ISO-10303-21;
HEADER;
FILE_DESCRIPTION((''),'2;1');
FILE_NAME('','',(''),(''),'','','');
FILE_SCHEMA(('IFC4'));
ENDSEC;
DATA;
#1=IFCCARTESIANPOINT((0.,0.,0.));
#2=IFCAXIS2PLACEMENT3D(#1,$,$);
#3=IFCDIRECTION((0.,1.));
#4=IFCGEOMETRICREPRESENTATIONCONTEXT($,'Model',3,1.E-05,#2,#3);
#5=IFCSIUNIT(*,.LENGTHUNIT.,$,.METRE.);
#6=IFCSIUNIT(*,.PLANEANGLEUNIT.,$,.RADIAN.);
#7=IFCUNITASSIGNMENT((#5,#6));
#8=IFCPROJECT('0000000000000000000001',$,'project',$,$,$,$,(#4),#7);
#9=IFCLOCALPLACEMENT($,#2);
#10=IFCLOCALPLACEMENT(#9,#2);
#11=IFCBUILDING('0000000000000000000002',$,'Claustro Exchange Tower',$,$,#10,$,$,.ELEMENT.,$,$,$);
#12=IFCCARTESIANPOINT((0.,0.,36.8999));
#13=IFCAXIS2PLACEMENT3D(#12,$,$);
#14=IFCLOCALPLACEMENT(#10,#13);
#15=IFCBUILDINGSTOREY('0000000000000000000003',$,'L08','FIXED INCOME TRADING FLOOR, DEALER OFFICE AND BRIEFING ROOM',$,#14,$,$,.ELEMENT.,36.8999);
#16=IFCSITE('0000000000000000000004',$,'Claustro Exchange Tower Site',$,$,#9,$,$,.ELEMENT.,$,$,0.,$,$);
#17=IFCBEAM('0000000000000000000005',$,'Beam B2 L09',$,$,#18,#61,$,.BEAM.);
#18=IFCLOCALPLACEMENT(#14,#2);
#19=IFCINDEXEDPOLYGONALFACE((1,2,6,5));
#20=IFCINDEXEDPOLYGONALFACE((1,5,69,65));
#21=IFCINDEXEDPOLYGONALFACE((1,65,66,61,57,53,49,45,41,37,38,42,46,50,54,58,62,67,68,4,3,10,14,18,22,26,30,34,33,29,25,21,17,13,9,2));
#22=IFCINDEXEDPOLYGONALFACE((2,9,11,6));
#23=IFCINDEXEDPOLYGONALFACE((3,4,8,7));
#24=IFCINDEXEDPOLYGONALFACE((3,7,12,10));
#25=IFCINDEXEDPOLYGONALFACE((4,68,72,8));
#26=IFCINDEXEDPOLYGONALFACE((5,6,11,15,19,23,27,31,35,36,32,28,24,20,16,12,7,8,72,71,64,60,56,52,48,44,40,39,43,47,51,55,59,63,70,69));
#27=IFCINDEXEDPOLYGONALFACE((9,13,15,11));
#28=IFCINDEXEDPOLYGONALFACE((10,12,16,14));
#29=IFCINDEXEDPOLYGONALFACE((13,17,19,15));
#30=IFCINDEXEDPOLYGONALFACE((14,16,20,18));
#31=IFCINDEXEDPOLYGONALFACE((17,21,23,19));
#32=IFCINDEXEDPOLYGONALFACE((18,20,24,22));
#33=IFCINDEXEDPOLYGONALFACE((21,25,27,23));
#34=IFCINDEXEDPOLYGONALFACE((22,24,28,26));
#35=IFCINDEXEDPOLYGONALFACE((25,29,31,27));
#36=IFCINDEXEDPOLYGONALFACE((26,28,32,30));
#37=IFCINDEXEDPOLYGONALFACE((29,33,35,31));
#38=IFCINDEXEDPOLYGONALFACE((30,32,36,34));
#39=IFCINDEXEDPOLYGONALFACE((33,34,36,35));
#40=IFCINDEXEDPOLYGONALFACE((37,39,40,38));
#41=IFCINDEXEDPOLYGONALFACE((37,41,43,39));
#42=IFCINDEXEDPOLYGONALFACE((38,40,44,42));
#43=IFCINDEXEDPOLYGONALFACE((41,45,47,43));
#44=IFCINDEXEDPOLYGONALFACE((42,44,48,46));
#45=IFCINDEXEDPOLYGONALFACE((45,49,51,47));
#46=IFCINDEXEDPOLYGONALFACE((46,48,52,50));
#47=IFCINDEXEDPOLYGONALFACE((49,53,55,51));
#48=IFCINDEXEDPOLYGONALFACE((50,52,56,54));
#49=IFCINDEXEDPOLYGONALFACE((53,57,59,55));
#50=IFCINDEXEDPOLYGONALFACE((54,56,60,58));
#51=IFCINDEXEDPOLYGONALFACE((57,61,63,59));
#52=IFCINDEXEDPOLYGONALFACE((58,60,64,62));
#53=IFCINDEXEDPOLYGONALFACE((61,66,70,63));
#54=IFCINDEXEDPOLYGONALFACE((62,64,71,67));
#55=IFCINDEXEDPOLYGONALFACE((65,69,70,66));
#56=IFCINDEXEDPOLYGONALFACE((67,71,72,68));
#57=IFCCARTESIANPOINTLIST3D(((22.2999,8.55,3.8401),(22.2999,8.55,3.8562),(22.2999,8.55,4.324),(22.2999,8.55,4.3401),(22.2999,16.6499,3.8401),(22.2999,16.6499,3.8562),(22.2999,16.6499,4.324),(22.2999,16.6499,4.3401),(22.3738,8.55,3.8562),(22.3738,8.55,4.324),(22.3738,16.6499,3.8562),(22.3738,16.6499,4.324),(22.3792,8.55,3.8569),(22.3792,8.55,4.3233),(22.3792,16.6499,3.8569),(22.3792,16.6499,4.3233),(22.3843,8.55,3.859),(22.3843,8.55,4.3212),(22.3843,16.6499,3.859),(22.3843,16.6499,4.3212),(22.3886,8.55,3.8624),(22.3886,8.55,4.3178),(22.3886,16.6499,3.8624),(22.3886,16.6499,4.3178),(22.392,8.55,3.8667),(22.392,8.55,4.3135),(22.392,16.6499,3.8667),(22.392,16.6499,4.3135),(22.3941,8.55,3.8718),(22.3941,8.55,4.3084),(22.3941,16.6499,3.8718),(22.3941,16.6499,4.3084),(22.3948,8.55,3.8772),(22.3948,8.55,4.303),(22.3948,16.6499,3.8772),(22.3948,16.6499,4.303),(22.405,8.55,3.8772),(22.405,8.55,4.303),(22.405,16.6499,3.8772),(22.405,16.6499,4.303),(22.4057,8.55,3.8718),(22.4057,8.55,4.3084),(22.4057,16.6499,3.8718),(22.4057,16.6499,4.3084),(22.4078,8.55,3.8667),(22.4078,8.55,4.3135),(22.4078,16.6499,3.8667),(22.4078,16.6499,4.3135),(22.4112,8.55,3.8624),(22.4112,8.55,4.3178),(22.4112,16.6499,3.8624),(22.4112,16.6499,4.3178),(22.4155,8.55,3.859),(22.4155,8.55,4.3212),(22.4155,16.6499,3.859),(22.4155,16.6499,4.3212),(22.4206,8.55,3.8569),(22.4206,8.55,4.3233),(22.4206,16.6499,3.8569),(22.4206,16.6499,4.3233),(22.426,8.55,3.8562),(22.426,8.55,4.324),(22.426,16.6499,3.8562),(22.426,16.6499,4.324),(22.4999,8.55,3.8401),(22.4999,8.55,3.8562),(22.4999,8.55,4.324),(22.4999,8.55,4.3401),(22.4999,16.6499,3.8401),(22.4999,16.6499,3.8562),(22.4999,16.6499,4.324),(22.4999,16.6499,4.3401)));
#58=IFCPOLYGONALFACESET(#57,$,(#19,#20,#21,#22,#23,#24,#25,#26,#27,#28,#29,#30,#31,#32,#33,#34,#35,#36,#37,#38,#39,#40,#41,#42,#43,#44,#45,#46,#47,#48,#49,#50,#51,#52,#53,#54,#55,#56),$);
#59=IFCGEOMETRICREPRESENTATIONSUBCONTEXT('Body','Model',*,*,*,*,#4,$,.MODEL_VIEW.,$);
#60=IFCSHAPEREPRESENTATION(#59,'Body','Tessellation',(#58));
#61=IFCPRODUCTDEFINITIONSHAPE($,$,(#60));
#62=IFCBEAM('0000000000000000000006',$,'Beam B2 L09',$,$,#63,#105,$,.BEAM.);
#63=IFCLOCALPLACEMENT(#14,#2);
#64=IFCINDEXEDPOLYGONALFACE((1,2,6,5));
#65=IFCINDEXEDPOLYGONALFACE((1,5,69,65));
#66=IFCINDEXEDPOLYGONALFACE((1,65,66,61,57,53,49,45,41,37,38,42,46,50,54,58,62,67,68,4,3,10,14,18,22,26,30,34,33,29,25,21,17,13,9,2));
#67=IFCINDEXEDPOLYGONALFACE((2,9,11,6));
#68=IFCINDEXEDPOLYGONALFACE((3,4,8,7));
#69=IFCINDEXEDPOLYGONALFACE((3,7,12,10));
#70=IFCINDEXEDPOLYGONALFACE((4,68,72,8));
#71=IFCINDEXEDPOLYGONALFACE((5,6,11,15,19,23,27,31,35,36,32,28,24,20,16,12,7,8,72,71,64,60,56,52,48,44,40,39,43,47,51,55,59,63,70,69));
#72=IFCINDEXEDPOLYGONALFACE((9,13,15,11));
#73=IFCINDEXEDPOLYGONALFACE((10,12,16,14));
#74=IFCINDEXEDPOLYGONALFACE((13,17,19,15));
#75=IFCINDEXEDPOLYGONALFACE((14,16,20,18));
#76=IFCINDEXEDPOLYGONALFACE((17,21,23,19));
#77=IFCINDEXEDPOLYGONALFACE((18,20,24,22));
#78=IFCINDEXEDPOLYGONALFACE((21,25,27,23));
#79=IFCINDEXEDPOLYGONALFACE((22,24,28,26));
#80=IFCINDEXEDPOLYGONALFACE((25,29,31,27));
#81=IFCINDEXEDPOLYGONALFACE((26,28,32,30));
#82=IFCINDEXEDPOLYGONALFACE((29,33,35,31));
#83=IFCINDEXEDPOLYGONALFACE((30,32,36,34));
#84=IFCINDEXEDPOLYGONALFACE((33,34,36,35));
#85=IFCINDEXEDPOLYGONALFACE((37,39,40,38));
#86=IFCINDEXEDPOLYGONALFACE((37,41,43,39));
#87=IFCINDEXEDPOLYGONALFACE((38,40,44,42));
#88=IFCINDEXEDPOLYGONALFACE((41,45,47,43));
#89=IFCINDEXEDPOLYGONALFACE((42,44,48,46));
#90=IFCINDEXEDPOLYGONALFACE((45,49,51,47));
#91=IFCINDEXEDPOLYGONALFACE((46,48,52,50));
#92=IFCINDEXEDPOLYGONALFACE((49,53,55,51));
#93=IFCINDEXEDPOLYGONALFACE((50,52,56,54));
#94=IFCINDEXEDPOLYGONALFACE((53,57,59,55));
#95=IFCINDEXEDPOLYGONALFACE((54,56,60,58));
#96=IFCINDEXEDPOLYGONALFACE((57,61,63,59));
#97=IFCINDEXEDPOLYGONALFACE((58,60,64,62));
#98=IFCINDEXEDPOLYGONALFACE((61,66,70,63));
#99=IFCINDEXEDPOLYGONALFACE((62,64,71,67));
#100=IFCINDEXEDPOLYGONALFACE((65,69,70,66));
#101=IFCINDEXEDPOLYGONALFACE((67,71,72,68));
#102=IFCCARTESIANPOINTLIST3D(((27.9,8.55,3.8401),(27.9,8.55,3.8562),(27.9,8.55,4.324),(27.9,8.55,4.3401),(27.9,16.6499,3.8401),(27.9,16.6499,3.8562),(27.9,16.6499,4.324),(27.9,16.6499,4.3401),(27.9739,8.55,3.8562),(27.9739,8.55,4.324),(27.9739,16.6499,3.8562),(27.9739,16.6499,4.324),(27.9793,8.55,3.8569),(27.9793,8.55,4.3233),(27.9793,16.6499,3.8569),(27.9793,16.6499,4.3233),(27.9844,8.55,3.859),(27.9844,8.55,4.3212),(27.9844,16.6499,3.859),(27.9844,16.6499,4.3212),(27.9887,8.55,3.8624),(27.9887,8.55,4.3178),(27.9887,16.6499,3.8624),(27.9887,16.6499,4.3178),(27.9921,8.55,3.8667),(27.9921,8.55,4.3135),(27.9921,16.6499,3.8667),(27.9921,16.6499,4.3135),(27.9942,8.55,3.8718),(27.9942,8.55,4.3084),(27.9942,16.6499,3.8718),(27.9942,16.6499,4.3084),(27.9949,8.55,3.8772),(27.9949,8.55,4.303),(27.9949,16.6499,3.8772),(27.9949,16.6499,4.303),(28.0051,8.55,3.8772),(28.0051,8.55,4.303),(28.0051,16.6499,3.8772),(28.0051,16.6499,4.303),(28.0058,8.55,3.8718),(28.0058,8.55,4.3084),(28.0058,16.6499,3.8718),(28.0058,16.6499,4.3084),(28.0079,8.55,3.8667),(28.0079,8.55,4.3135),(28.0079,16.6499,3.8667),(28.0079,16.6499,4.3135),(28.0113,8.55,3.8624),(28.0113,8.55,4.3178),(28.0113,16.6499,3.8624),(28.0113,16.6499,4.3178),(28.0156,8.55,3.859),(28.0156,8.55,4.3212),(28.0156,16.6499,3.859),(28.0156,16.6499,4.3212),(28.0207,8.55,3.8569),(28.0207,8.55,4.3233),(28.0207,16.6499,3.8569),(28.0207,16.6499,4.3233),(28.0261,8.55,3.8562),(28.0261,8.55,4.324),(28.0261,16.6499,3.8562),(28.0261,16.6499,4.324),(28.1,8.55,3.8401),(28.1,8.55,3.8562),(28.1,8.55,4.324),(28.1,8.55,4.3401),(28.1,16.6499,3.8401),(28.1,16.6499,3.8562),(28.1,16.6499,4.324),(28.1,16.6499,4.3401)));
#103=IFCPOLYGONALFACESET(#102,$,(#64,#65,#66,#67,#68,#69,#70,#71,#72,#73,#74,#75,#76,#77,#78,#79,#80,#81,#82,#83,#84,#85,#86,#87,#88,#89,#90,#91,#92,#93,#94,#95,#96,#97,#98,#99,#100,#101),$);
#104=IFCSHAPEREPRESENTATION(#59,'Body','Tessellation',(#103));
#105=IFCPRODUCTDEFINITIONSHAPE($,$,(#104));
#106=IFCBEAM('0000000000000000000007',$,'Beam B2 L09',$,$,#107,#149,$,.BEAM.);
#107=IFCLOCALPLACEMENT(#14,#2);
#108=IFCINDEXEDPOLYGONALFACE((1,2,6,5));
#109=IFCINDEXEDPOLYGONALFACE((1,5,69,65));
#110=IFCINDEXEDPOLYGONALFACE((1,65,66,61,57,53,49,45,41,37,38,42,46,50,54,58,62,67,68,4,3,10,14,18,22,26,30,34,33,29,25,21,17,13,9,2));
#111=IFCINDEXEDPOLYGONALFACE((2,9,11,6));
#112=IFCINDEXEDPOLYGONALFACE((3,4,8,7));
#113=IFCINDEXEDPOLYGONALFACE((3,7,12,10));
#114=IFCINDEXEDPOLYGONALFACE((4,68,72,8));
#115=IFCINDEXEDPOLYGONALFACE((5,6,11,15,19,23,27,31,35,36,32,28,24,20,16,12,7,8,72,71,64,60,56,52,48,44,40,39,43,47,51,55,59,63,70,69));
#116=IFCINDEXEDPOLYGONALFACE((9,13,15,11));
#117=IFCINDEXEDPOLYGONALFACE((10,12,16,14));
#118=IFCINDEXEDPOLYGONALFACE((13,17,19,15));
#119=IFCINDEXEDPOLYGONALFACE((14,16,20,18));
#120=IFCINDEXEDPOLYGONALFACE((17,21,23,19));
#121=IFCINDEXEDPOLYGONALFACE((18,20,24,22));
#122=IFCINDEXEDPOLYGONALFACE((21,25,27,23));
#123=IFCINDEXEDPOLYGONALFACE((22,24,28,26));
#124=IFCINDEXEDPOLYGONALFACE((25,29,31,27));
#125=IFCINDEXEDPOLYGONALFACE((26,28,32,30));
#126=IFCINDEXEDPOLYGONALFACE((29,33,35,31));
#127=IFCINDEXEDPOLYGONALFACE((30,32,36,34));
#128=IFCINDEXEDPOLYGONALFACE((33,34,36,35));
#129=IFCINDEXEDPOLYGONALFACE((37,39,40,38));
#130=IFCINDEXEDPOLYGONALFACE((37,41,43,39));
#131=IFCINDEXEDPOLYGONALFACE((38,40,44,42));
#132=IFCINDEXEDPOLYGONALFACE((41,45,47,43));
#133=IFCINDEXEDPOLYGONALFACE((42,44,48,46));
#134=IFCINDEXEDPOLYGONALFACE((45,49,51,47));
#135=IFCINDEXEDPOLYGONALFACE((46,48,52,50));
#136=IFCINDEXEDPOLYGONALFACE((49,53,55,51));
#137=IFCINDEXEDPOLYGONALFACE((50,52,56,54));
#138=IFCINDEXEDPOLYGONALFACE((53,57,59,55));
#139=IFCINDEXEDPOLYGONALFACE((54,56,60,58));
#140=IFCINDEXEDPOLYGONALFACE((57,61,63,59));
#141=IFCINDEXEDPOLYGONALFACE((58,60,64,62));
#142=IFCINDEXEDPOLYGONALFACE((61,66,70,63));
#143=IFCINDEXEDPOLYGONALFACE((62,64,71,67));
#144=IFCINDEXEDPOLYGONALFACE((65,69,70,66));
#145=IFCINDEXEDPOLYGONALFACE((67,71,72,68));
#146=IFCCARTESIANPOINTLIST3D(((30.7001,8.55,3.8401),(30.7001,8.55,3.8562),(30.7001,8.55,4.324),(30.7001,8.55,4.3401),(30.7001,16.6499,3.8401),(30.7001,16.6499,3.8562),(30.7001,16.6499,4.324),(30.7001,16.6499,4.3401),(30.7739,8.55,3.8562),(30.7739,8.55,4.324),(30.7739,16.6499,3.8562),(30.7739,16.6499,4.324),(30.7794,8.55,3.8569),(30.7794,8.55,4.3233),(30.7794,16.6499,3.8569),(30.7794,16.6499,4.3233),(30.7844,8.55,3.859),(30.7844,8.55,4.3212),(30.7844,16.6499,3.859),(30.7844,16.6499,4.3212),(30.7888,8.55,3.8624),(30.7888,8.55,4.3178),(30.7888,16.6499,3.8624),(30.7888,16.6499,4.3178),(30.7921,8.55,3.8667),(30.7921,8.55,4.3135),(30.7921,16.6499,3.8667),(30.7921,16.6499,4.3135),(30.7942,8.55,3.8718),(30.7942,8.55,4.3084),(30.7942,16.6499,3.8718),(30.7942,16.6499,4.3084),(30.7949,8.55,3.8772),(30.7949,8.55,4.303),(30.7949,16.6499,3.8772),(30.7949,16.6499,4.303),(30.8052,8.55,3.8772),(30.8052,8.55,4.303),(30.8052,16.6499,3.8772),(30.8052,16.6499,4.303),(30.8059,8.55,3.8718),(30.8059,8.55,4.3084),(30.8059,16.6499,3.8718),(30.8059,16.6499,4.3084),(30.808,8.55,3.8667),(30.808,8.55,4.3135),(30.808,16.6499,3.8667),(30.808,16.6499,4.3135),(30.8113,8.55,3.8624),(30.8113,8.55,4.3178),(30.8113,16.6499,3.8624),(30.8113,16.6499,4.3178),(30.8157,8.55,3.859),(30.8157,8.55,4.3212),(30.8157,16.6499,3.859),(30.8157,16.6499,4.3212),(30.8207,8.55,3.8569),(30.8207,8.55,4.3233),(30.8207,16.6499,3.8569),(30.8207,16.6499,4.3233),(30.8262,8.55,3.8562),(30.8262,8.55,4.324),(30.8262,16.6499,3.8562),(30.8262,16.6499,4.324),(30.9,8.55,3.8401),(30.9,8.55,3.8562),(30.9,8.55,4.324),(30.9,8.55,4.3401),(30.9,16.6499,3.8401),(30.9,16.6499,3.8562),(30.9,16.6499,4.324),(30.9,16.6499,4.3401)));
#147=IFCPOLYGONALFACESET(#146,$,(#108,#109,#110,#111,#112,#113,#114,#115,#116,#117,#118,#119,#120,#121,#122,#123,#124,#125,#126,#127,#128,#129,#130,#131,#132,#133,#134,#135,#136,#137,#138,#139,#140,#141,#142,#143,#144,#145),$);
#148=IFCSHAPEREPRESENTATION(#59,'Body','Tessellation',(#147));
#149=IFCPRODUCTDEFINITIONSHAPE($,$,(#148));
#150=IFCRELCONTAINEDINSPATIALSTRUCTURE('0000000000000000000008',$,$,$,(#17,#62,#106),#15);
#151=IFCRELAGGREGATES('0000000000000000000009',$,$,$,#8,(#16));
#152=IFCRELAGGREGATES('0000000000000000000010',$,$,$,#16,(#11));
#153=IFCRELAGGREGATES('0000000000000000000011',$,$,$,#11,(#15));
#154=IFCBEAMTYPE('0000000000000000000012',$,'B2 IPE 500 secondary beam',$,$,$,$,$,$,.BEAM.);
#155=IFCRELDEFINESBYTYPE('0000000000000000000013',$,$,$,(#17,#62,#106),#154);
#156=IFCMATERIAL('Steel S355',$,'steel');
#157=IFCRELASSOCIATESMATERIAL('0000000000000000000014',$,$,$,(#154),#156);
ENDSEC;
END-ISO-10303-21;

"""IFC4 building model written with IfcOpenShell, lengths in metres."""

from ifc_helpers import new_model, si_unit, direction, frame, origin, origin_2d, place, context, subcontext, project, spatial, i_section, extrude, material, material_profile, profile_set, type_object, element, save


model = new_model("IFC4")

# Units and contexts
model_context = context("Model", 3, precision=1e-05, world=origin(), true_north=direction((0.0, 1.0)))
body_context = subcontext(model_context, "Body", "Model", "MODEL_VIEW")
ifc_project = project(units=[si_unit("LENGTHUNIT", "METRE"), si_unit("PLANEANGLEUNIT", "RADIAN")], contexts=[model_context])

# Site, building, storey
site_placement = place(None, origin())
site = spatial("IfcSite", under=ifc_project, at=site_placement, Name="Claustro Exchange Tower Site", CompositionType="ELEMENT", RefElevation=0.0)
building_placement = place(site_placement, origin())
building = spatial("IfcBuilding", under=site, at=building_placement, Name="Claustro Exchange Tower", CompositionType="ELEMENT")
storey_placement = place(building_placement, frame((0.0, 0.0, 36.8999)))
storey = spatial("IfcBuildingStorey", under=building, at=storey_placement, Name="L08", Description="FIXED INCOME TRADING FLOOR, DEALER OFFICE AND BRIEFING ROOM", CompositionType="ELEMENT", Elevation=36.8999)

# Beams
ifc_material_1 = material(Name="Steel S355", Category="steel")
ifc_material_profile_1 = material_profile(ifc_material_1, i_section(OverallWidth=0.2, OverallDepth=0.5, WebThickness=0.0103, FlangeThickness=0.0161, FilletRadius=0.021, at=origin_2d()), Name="IPE 500")
ifc_profile_set_1 = profile_set([ifc_material_profile_1], Name="Steel S355")
beam_type_1 = type_object("IfcBeamType", Name="B2 IPE 500 secondary beam", PredefinedType="BEAM", material=ifc_profile_set_1)
for number, where, z_axis, x_axis, name in (
    (1, (22.3999, 8.55, 4.0901), (0.0, 1.0, 0.0), (-1.0, 0.0, 0.0), "Beam B2 L09"),
    (2, (28.0, 8.55, 4.0901), (0.0, 1.0, 0.0), (-1.0, 0.0, 0.0), "Beam B2 L09"),
    (3, (30.8, 8.55, 4.0901), (0.0, 1.0, 0.0), (-1.0, 0.0, 0.0), "Beam B2 L09"),
):
    element("IfcBeam", number, at=place(storey_placement, frame(where, z_axis=z_axis, x_axis=x_axis)), inside=storey, type_object=beam_type_1, Name=name, PredefinedType="BEAM", context=body_context, shape_type="SweptSolid", body=[
        extrude(i_section(OverallWidth=0.2, OverallDepth=0.5, WebThickness=0.0103, FlangeThickness=0.0161, FilletRadius=0.021, at=origin_2d()), origin(), (0.0, 0.0, 1.0), 8.0999),
    ])

save(model, "model.ifc")
